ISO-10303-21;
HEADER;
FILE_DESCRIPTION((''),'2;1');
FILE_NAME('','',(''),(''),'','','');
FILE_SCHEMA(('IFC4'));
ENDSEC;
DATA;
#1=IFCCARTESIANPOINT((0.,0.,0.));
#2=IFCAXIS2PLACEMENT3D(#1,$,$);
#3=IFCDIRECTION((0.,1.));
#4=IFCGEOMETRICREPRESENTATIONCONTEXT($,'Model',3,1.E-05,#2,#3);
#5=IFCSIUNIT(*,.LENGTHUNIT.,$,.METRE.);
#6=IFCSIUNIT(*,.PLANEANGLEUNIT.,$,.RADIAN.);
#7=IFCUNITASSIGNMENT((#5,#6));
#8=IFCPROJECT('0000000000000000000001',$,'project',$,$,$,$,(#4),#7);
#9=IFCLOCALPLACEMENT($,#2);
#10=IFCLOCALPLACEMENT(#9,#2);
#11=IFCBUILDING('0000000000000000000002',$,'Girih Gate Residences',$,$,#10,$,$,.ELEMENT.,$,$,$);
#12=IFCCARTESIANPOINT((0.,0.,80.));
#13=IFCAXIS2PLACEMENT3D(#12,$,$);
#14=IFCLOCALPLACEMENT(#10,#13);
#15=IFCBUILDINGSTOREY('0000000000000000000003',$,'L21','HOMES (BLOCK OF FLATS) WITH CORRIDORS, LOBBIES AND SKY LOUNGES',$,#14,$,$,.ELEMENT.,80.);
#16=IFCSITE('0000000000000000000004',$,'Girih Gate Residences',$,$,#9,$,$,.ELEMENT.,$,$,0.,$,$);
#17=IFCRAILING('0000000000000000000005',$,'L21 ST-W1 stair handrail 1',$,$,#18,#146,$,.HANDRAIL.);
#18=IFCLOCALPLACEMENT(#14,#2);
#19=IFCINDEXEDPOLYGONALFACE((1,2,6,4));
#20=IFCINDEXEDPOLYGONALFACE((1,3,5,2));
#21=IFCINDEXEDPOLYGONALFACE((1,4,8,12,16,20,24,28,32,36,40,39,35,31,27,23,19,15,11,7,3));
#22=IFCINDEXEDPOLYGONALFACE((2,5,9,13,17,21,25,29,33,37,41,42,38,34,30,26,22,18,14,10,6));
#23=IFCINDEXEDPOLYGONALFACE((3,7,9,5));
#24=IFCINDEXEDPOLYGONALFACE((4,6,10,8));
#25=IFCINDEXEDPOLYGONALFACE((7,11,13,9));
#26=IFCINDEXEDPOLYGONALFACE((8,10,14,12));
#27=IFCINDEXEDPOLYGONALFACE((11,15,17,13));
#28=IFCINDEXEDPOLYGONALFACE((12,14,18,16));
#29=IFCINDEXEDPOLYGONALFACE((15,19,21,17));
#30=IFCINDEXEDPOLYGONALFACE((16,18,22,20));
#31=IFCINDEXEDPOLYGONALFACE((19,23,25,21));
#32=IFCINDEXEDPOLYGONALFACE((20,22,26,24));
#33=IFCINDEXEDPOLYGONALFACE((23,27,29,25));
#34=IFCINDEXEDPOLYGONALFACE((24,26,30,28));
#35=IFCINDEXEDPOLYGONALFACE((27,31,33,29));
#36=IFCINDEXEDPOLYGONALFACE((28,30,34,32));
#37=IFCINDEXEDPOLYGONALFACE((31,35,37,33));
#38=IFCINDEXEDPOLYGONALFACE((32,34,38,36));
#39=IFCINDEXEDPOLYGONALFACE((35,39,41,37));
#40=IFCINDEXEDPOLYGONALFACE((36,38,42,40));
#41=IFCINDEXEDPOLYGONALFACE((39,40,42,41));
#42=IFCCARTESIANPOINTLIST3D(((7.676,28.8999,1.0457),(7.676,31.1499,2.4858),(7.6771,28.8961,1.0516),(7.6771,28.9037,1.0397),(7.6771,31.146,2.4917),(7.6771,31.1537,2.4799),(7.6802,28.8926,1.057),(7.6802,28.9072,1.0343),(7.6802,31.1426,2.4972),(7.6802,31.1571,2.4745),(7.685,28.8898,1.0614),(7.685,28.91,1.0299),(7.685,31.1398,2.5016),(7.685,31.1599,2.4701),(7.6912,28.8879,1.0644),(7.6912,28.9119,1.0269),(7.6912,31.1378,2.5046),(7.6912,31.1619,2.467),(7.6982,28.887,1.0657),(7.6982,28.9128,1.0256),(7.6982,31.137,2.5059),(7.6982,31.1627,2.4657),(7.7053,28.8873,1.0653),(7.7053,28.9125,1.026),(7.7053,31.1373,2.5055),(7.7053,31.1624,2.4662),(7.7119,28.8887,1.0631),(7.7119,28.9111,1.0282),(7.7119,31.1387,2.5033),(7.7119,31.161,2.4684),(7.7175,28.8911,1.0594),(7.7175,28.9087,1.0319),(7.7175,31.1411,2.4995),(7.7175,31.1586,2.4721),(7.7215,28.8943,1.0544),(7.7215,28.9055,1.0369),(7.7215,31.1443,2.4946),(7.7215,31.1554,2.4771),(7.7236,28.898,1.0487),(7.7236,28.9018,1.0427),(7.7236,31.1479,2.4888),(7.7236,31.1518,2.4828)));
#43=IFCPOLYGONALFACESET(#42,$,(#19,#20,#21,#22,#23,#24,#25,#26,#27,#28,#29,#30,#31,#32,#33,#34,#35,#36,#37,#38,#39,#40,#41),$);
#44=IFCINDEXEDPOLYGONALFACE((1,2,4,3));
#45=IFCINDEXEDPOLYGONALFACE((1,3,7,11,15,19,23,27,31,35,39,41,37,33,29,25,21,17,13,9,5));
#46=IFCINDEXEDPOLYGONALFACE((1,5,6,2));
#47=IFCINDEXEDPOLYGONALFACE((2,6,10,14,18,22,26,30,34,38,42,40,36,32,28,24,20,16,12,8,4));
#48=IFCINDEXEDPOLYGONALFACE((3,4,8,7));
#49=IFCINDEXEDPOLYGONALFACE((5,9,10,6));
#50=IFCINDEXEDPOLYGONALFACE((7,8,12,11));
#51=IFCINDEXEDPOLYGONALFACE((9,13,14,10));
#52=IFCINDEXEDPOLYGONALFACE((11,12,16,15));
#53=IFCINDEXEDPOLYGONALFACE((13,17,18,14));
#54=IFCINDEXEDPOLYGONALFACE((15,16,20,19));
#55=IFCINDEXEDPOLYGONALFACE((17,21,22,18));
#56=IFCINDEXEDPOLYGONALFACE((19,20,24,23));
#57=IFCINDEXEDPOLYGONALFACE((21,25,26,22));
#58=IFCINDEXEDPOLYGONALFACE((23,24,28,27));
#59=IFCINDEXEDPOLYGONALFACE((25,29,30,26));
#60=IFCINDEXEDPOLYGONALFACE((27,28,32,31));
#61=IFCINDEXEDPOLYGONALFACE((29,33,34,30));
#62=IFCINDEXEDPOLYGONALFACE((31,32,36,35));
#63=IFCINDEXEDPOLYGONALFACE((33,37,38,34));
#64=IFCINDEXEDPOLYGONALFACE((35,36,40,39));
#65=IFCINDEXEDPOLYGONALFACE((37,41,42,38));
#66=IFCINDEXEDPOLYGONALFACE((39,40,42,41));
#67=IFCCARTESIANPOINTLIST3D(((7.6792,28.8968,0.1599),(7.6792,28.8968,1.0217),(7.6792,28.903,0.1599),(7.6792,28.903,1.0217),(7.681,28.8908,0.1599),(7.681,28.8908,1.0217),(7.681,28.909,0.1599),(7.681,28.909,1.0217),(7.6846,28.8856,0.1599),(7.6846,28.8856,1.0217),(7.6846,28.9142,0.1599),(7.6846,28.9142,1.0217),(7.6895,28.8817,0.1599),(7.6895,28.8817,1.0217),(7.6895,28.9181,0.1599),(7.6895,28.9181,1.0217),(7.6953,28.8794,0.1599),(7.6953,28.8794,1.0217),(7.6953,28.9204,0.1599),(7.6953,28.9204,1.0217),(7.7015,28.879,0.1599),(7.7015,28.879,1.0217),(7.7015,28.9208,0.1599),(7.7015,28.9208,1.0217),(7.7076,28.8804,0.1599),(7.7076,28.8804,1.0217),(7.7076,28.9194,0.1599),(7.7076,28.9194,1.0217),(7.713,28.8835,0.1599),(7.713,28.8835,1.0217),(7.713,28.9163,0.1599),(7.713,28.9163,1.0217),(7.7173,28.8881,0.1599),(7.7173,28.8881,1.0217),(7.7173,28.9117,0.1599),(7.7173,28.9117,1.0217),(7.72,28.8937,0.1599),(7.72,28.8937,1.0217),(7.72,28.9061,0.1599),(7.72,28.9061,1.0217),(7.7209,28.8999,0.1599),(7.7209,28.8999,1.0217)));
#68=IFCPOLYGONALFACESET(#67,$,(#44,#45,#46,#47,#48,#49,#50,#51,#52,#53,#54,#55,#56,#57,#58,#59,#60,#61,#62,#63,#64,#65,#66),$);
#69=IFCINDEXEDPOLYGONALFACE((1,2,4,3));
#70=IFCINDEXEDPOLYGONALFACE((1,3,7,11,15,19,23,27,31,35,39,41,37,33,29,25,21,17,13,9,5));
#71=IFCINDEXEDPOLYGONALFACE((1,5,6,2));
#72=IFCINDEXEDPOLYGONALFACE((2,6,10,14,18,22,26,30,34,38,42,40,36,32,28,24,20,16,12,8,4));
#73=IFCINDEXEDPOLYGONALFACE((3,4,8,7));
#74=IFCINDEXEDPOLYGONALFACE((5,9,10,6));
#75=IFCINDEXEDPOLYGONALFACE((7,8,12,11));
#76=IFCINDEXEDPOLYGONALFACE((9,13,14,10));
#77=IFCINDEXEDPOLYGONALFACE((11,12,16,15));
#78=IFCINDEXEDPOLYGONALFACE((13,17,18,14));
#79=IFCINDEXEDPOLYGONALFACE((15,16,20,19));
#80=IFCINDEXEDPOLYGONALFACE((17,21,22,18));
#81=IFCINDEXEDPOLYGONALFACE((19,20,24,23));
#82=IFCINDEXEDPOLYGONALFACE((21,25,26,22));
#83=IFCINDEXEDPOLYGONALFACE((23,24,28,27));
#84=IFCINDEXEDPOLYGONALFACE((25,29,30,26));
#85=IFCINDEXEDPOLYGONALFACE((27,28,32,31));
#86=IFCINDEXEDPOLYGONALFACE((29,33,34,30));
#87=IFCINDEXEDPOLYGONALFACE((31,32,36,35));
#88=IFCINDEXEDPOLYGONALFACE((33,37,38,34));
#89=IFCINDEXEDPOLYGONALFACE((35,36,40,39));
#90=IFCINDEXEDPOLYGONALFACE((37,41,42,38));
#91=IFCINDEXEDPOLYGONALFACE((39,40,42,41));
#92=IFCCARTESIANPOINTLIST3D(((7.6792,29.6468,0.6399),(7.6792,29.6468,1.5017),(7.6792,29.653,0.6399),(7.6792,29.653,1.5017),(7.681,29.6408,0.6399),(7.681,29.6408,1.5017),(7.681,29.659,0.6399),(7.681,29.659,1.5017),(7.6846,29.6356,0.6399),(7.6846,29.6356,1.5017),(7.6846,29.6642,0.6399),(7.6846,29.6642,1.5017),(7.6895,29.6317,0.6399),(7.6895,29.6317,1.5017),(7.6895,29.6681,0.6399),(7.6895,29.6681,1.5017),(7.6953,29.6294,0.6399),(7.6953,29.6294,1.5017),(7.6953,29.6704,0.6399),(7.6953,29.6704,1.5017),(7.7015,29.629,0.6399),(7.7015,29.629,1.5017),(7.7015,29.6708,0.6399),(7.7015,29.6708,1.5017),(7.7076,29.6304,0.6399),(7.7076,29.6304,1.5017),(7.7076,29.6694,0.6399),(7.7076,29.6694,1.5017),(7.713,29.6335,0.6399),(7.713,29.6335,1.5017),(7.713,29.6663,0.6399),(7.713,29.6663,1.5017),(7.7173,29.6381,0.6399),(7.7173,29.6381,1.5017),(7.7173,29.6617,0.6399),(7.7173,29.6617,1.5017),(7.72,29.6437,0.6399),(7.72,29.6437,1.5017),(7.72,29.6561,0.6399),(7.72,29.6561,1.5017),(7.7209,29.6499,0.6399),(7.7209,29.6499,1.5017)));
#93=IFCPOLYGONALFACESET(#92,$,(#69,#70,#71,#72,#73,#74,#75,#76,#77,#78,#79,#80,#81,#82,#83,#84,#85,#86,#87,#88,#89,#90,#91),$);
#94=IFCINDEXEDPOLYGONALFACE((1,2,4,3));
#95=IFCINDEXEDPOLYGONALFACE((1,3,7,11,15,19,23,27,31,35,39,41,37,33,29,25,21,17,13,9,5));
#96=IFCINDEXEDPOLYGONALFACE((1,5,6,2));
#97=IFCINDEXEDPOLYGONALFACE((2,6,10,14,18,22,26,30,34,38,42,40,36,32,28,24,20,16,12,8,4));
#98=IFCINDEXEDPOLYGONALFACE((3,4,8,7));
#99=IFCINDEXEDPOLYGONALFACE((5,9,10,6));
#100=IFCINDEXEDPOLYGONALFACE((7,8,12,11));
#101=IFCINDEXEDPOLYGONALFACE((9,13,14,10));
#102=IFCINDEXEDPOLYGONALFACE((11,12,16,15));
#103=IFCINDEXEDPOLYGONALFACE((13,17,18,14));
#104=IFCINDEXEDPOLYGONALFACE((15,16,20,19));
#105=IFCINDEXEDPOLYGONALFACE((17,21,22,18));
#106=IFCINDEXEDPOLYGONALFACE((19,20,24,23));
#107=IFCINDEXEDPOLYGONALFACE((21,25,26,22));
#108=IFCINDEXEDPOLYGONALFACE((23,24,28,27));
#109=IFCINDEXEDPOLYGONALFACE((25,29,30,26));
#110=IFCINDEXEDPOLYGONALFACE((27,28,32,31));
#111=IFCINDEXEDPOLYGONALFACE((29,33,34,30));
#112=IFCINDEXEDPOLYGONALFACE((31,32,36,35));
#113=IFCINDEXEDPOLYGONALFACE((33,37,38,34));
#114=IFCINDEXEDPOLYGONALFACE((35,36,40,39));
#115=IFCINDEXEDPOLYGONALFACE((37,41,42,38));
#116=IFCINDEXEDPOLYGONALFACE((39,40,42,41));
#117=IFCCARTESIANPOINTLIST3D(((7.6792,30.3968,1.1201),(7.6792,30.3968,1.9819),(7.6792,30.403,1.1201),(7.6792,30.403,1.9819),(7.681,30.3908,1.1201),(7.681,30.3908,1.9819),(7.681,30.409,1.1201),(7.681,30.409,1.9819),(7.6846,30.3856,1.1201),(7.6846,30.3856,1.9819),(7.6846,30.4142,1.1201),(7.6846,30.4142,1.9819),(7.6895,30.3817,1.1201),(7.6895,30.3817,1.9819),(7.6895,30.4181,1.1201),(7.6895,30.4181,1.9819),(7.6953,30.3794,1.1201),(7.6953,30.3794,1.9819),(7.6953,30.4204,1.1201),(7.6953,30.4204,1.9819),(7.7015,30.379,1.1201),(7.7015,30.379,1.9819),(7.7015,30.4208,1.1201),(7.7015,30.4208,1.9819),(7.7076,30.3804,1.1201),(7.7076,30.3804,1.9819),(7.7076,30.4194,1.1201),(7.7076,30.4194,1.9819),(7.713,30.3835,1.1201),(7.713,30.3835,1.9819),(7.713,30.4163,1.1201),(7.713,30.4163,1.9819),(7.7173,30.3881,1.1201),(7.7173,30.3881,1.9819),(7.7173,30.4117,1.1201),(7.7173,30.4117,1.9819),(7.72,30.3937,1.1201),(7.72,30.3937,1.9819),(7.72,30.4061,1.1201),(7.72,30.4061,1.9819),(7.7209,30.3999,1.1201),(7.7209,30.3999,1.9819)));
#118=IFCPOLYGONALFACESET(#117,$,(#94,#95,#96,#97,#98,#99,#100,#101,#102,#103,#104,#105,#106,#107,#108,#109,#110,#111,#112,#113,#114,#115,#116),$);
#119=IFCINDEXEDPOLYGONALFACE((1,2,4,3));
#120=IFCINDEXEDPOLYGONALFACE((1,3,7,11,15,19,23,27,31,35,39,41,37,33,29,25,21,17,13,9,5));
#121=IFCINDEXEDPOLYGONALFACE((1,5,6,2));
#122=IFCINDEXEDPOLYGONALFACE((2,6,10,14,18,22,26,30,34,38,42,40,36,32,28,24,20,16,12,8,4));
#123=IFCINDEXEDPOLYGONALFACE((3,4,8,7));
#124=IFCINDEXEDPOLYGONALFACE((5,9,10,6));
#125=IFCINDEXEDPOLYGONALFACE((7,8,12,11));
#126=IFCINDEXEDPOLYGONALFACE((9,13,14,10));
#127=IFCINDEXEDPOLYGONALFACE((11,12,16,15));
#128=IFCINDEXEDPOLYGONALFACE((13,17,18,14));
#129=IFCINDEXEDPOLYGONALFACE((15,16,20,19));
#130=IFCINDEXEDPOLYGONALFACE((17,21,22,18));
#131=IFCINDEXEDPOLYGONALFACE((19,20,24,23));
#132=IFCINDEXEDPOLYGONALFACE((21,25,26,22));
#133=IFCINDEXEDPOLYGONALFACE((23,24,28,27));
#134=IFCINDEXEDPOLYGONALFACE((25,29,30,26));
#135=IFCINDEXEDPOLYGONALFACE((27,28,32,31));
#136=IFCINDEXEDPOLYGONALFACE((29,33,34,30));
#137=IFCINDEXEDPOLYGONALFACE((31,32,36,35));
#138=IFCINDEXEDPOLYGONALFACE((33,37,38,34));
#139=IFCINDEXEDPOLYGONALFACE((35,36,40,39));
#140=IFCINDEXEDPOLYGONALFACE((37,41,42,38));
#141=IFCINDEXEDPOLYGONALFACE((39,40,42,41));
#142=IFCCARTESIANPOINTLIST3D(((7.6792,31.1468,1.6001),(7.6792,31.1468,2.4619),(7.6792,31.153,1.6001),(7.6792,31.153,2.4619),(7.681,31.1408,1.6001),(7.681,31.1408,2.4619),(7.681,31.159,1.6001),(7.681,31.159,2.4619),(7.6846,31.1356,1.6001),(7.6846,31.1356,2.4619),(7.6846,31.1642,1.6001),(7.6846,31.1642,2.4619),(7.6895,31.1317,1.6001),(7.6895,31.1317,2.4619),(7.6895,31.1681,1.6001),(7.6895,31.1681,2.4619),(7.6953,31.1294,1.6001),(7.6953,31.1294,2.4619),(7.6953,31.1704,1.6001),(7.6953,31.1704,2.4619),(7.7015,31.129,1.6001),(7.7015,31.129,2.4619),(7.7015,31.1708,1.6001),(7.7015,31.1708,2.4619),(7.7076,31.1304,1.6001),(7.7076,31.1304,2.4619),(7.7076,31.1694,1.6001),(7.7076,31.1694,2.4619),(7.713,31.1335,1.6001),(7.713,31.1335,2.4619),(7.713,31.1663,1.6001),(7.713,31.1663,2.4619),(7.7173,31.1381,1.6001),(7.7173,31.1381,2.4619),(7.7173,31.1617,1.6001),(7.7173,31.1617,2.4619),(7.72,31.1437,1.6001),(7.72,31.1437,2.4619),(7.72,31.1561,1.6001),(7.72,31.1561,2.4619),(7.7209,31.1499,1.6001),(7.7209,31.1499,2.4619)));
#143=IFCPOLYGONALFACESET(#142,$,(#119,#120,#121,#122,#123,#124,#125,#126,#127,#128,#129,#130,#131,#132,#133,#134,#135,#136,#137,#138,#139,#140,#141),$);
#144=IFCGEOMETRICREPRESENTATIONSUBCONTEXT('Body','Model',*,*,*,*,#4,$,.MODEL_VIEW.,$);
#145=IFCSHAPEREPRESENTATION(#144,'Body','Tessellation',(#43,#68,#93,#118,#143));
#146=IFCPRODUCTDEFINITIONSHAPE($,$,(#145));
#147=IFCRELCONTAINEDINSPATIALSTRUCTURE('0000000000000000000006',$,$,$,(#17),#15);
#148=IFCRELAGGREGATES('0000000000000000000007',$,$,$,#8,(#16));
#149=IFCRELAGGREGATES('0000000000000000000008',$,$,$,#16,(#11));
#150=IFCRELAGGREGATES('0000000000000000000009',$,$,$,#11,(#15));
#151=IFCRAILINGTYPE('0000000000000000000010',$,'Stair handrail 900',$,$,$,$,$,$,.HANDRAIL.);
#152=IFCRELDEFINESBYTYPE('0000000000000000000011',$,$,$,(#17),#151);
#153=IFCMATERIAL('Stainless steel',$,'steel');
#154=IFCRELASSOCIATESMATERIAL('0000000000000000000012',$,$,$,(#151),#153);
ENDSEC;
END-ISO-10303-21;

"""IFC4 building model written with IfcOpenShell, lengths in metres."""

from ifc_helpers import new_model, si_unit, direction, frame, origin, origin_2d, place, context, subcontext, project, spatial, circle, extrude, material, type_object, element, save


model = new_model("IFC4")

# Units and contexts
model_context = context("Model", 3, precision=1e-05, world=origin(), true_north=direction((0.0, 1.0)))
body_context = subcontext(model_context, "Body", "Model", "MODEL_VIEW")
ifc_project = project(units=[si_unit("LENGTHUNIT", "METRE"), si_unit("PLANEANGLEUNIT", "RADIAN")], contexts=[model_context])

# Site, building, storey
site_placement = place(None, origin())
site = spatial("IfcSite", under=ifc_project, at=site_placement, Name="Girih Gate Residences", CompositionType="ELEMENT", RefElevation=0.0)
building_placement = place(site_placement, origin())
building = spatial("IfcBuilding", under=site, at=building_placement, Name="Girih Gate Residences", CompositionType="ELEMENT")
storey_placement = place(building_placement, frame((0.0, 0.0, 80.0)))
storey = spatial("IfcBuildingStorey", under=building, at=storey_placement, Name="L21", Description="HOMES (BLOCK OF FLATS) WITH CORRIDORS, LOBBIES AND SKY LOUNGES", CompositionType="ELEMENT", Elevation=80.0)

# Railing
ifc_material_1 = material(Name="Stainless steel", Category="steel")
railing_type_1 = type_object("IfcRailingType", Name="Stair handrail 900", PredefinedType="HANDRAIL", material=ifc_material_1)
railing_1_placement = place(storey_placement, frame((7.7, 28.8999, 0.1599)))
element("IfcRailing", 1, at=railing_1_placement, inside=storey, type_object=railing_type_1, Name="L21 ST-W1 stair handrail 1", PredefinedType="HANDRAIL", context=body_context, shape_type="SweptSolid", body=[
    extrude(circle(Radius=0.0239, at=origin_2d()), frame((0.0, 0.0, 0.8857), z_axis=(0.0, 0.84224, 0.539103), x_axis=(-1.0, 0.0, 0.0)), (0.0, 0.0, 1.0), 2.6714),
    extrude(circle(Radius=0.021, at=origin_2d()), origin(), (0.0, 0.0, 1.0), 0.8618),
    extrude(circle(Radius=0.021, at=origin_2d()), frame((0.0, 0.75, 0.48)), (0.0, 0.0, 1.0), 0.8618),
    extrude(circle(Radius=0.021, at=origin_2d()), frame((0.0, 1.5, 0.9602)), (0.0, 0.0, 1.0), 0.8618),
    extrude(circle(Radius=0.021, at=origin_2d()), frame((0.0, 2.25, 1.4402)), (0.0, 0.0, 1.0), 0.8618),
])

save(model, "model.ifc")
